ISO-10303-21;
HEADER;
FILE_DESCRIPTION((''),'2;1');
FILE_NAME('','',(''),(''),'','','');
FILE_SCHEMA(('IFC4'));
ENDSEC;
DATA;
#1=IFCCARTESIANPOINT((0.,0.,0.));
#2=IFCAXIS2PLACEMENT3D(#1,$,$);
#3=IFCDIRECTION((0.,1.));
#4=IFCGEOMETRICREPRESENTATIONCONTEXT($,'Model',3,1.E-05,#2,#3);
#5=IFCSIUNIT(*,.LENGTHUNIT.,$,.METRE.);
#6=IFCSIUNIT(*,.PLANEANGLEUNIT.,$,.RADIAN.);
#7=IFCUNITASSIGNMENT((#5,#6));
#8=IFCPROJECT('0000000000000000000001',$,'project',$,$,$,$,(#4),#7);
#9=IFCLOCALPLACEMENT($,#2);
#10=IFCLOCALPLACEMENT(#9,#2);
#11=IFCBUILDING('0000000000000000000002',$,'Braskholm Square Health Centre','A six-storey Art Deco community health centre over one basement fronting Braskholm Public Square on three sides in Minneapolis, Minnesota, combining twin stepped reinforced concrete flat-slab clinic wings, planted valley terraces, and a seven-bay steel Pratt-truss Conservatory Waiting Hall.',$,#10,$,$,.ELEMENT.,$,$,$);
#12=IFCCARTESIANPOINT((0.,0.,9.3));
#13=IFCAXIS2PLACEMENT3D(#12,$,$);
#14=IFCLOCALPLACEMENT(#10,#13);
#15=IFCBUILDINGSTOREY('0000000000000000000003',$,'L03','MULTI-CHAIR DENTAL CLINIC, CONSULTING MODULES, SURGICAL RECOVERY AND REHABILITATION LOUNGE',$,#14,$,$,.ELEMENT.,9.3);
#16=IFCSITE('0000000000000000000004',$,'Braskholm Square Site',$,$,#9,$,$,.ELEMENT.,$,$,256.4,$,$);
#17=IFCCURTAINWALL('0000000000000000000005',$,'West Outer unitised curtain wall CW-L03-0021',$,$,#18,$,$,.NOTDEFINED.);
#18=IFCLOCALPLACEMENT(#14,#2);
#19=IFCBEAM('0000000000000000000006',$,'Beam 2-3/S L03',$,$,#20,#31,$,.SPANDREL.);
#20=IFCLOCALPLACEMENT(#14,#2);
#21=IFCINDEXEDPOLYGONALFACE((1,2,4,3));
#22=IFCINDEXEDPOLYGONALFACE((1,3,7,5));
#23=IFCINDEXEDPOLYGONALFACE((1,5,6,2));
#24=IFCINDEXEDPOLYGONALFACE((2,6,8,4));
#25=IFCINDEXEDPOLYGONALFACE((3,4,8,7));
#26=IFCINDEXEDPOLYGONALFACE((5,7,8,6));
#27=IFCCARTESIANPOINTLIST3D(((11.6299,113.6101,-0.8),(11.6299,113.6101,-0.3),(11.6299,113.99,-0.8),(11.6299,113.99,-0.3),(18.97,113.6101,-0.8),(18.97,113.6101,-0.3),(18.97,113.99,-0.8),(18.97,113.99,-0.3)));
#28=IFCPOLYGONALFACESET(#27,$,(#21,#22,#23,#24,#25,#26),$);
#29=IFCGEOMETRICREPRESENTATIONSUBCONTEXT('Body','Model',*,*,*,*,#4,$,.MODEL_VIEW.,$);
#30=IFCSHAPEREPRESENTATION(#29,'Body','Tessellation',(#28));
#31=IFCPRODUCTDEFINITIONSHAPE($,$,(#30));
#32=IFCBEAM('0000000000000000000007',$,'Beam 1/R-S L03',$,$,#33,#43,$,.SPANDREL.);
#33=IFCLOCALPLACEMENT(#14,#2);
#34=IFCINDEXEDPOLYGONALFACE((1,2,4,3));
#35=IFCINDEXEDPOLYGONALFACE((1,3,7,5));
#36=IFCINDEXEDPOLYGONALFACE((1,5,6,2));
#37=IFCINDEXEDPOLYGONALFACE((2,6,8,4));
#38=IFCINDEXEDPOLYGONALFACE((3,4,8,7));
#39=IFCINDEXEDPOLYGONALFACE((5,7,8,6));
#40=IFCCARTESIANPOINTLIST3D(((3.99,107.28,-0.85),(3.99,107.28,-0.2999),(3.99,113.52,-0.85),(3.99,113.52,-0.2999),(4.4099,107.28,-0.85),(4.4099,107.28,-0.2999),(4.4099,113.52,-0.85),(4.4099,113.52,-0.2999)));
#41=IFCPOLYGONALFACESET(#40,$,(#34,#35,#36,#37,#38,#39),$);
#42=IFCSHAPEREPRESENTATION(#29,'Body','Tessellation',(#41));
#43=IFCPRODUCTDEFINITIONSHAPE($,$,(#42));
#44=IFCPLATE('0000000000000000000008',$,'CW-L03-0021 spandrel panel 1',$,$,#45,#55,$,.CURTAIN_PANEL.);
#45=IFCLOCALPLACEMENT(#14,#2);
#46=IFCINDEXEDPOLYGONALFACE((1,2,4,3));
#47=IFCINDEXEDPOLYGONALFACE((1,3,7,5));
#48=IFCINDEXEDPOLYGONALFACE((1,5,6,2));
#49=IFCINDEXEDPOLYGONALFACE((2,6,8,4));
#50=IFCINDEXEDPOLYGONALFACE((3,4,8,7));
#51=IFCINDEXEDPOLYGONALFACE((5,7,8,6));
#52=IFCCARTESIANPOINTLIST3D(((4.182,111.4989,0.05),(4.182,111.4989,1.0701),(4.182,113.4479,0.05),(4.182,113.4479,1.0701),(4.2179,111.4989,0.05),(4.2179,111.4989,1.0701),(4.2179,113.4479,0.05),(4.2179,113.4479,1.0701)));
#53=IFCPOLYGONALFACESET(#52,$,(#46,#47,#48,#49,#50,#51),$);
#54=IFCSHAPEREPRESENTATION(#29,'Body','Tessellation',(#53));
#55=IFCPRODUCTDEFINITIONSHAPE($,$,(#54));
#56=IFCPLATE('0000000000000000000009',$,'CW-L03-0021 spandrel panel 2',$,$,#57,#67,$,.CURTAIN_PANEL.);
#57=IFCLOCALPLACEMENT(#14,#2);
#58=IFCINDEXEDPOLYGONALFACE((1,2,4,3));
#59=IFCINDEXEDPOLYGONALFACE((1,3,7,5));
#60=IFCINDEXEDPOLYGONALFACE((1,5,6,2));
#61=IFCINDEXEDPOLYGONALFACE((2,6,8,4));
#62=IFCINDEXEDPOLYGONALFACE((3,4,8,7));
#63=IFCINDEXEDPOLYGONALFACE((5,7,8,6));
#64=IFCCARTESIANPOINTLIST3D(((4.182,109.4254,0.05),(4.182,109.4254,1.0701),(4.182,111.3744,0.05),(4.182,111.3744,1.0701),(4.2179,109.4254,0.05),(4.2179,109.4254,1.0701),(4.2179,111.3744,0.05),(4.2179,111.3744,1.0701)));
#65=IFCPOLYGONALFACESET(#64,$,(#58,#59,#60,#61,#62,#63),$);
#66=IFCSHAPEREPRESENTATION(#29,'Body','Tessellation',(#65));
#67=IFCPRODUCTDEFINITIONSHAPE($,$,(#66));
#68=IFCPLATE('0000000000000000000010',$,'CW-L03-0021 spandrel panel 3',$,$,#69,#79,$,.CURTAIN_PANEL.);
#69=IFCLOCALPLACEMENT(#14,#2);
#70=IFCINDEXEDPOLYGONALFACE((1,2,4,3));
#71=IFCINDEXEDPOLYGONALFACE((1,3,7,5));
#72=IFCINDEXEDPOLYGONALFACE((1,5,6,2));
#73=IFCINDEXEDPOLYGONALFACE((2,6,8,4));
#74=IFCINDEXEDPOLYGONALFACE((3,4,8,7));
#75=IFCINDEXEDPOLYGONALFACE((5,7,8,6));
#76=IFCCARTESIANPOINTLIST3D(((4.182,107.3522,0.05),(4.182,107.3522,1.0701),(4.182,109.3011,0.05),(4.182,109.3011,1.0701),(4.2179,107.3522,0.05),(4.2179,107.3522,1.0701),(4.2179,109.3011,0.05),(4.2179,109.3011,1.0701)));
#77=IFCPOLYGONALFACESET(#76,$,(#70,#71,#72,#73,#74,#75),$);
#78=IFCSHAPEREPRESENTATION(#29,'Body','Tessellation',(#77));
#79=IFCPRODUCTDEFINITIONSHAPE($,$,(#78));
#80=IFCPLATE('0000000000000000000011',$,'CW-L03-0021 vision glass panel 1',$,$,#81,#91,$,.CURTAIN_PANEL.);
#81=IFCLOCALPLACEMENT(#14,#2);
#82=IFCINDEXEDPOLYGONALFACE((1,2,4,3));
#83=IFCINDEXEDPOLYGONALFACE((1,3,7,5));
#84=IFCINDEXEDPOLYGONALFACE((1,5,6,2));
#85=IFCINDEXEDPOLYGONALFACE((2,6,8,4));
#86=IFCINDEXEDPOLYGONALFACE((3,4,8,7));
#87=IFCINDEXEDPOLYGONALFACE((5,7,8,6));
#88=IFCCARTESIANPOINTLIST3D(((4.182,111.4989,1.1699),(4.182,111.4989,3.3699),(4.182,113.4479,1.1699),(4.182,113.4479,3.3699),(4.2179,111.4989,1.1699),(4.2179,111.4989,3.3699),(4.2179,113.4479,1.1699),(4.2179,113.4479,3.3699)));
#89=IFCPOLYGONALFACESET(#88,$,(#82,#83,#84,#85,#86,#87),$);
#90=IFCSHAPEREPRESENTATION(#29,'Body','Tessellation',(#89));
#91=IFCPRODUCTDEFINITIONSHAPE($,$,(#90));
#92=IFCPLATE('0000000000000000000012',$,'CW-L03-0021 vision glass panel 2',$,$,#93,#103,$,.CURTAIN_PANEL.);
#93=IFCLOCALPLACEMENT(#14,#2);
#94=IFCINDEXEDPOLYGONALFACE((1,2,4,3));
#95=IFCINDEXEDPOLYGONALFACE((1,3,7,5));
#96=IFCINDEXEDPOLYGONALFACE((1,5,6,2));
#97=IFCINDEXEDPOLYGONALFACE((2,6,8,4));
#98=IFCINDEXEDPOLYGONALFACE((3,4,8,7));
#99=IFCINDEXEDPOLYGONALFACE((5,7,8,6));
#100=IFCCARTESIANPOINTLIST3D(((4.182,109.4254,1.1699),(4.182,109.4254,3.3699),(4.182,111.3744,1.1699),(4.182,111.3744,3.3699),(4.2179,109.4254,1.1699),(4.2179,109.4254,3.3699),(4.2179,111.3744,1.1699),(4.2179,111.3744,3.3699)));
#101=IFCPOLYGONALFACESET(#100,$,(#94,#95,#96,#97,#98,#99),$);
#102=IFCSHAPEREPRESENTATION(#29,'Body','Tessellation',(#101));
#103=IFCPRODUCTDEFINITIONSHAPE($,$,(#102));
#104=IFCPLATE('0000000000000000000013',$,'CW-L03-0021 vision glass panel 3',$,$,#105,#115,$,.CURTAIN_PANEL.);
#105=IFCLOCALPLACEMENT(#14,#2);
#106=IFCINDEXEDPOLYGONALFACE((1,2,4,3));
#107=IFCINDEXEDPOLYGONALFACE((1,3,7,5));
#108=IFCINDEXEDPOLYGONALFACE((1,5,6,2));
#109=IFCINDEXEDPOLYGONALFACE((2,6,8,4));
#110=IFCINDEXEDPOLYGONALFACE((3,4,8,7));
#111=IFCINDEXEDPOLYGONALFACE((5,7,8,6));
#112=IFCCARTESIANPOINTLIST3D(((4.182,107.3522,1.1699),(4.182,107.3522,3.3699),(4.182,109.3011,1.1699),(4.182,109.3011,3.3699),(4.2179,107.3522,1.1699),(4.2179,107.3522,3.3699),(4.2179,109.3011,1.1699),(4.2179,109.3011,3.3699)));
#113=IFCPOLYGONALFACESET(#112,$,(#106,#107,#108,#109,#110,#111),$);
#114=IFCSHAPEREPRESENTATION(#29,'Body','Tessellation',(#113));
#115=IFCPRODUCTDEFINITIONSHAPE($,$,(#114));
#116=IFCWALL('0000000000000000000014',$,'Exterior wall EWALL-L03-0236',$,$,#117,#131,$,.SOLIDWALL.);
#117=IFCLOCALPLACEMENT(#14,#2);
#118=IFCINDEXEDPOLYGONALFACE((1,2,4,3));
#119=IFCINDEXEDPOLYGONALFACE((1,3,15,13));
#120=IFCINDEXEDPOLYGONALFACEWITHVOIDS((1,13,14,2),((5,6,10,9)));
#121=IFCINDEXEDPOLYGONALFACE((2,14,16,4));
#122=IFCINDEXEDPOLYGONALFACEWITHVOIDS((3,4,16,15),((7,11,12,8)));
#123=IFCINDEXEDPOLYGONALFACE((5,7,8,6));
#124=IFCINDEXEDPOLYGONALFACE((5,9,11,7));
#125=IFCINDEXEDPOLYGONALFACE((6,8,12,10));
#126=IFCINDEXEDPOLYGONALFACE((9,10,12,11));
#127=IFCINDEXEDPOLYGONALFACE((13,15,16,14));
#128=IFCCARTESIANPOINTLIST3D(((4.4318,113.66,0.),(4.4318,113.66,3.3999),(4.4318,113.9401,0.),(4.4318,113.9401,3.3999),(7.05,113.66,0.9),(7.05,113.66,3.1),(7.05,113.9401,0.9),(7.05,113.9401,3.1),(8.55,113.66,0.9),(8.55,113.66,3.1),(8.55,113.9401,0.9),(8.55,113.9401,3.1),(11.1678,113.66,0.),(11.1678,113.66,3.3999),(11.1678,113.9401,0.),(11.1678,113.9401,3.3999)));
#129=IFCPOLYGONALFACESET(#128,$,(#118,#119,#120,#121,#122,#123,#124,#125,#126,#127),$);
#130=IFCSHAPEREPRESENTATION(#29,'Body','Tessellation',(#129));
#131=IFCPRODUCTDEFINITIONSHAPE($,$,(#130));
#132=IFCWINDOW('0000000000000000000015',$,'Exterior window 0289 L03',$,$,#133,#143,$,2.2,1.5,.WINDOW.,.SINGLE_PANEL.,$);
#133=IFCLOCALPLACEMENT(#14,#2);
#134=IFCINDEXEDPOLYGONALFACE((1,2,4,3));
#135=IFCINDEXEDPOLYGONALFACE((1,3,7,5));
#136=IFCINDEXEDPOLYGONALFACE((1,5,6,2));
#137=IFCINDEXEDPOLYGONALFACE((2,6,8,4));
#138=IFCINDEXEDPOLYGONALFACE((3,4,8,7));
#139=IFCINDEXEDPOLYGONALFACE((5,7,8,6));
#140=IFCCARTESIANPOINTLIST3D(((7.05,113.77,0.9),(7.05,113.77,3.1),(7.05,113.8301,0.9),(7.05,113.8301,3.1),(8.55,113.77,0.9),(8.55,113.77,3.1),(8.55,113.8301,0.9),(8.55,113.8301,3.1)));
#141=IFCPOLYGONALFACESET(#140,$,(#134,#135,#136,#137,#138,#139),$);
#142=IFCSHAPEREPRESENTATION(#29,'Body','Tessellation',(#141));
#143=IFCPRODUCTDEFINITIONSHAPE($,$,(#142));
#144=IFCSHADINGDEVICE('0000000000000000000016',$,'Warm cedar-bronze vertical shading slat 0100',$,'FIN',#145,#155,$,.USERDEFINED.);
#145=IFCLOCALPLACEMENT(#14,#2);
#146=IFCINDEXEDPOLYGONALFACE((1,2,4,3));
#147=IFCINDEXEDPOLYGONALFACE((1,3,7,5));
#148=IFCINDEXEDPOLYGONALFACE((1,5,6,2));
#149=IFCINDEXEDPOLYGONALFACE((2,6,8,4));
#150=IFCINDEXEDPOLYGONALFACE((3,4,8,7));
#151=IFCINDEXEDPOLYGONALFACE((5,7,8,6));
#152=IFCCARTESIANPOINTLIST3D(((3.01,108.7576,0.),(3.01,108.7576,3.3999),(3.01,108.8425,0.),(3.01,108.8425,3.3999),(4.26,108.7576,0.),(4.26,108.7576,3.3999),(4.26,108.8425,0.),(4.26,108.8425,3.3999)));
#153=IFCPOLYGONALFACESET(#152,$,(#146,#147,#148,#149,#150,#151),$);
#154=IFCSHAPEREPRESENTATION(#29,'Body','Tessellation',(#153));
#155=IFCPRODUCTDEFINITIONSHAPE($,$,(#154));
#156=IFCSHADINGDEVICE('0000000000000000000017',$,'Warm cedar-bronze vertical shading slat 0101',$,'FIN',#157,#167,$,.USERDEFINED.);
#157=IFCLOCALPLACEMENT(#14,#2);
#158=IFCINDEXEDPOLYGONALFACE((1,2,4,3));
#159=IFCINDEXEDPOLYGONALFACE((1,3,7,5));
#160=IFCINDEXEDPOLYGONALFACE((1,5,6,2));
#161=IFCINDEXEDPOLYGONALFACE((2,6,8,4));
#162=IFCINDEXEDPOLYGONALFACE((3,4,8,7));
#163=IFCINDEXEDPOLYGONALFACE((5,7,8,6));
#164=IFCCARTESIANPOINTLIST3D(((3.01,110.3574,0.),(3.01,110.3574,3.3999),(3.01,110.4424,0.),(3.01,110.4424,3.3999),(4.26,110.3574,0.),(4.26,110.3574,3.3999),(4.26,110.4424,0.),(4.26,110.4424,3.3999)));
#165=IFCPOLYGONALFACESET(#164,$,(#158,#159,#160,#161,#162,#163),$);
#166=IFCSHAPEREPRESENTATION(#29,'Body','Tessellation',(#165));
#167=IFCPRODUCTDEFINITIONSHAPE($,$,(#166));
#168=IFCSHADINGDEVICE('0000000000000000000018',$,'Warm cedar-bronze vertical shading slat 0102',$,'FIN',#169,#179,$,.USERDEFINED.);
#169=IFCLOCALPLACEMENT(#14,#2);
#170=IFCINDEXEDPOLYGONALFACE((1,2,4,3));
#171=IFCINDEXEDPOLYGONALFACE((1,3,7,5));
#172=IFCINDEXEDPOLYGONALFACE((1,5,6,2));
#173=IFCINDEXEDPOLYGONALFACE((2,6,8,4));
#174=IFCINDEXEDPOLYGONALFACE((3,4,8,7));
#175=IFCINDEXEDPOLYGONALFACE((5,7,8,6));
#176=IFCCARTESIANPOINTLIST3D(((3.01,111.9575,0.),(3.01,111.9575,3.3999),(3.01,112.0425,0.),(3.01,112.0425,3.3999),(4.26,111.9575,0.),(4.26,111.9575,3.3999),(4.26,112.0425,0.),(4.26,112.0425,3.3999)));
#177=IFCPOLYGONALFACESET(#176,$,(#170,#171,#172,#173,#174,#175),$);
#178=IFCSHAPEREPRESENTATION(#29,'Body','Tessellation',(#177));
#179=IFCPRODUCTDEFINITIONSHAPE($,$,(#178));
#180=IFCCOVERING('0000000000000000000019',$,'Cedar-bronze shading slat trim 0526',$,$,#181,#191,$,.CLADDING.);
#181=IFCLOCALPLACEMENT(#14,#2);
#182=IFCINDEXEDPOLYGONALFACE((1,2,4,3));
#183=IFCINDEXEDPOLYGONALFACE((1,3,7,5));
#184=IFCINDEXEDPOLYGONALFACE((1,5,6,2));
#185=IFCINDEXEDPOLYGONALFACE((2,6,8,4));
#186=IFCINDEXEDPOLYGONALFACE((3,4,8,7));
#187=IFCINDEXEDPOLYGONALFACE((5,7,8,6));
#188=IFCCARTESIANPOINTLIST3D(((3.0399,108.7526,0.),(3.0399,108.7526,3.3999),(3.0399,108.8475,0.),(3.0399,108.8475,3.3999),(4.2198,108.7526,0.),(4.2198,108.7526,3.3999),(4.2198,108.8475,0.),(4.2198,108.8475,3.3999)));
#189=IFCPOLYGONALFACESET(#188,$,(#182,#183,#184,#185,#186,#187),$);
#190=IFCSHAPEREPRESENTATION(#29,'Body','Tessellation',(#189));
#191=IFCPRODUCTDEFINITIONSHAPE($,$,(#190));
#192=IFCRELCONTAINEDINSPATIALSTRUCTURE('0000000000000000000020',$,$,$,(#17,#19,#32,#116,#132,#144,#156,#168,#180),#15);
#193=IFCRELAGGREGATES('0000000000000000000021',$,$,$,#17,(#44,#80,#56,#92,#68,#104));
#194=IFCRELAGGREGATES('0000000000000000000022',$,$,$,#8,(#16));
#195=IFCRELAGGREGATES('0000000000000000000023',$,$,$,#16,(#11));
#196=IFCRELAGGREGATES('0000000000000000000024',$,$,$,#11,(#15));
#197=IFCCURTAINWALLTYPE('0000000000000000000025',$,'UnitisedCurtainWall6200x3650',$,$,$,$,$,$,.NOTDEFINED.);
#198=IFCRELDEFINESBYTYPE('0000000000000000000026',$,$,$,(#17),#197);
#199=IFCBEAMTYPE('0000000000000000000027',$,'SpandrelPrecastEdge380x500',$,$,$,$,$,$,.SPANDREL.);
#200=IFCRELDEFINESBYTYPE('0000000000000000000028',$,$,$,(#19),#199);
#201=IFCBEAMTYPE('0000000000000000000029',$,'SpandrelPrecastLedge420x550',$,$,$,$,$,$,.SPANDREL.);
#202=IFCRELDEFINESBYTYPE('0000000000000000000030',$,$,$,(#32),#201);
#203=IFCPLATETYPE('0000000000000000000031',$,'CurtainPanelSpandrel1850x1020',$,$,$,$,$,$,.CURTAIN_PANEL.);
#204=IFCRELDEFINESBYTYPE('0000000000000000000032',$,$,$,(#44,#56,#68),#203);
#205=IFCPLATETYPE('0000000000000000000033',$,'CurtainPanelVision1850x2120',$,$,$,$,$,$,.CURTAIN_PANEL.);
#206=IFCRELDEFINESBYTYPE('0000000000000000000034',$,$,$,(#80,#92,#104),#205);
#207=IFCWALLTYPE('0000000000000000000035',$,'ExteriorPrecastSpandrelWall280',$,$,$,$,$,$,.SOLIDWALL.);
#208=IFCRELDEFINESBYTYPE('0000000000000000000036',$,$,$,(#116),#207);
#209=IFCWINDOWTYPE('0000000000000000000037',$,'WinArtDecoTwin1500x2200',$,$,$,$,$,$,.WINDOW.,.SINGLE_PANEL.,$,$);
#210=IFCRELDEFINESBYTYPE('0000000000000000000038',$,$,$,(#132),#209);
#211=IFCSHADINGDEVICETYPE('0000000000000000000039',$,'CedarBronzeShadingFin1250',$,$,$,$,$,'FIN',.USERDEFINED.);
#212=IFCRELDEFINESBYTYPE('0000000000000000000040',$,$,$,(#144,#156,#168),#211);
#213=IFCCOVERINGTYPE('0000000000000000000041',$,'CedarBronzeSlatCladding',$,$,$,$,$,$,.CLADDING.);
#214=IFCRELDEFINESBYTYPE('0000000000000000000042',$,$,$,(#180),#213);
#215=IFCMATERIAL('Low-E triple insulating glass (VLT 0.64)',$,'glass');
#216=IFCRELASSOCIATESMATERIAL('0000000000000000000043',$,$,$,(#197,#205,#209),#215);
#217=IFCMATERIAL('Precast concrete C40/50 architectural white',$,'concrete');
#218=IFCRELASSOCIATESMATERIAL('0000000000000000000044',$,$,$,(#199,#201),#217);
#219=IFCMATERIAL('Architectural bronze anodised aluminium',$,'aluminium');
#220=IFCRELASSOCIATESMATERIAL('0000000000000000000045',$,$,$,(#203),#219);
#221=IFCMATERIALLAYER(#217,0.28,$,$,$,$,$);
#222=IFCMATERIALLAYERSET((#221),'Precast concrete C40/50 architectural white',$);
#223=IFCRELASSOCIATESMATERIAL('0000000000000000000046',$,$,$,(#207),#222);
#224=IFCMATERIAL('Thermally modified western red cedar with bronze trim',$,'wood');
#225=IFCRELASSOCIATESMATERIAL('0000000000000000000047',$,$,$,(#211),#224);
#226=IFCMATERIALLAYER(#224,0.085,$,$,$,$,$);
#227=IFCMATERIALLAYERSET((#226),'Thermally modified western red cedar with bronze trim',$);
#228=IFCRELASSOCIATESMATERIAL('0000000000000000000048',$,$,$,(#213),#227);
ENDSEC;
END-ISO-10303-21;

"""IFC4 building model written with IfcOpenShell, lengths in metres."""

from ifc_helpers import new_model, si_unit, direction, frame, frame_2d, origin, origin_with_axes, origin_2d, place, context, subcontext, project, spatial, rectangle, extrude, material, layer, layer_set, material_profile, profile_set, type_object, element, fill, aggregate, save


model = new_model("IFC4")

# Units and contexts
model_context = context("Model", 3, precision=1e-05, world=origin(), true_north=direction((0.0, 1.0)))
body_context = subcontext(model_context, "Body", "Model", "MODEL_VIEW")
ifc_project = project(units=[si_unit("LENGTHUNIT", "METRE"), si_unit("PLANEANGLEUNIT", "RADIAN")], contexts=[model_context])

# Site, building, storey
site_placement = place(None, origin())
site = spatial("IfcSite", under=ifc_project, at=site_placement, Name="Braskholm Square Site", CompositionType="ELEMENT", RefElevation=256.4)
building_placement = place(site_placement, origin())
building = spatial("IfcBuilding", under=site, at=building_placement, Name="Braskholm Square Health Centre", Description="A six-storey Art Deco community health centre over one basement fronting Braskholm Public Square on three sides in Minneapolis, Minnesota, combining twin stepped reinforced concrete flat-slab clinic wings, planted valley terraces, and a seven-bay steel Pratt-truss Conservatory Waiting Hall.", CompositionType="ELEMENT")
storey_placement = place(building_placement, frame((0.0, 0.0, 9.3)))
storey = spatial("IfcBuildingStorey", under=building, at=storey_placement, Name="L03", Description="MULTI-CHAIR DENTAL CLINIC, CONSULTING MODULES, SURGICAL RECOVERY AND REHABILITATION LOUNGE", CompositionType="ELEMENT", Elevation=9.3)

# Shared definitions
ifc_material_1 = material(Name="Precast concrete C40/50 architectural white", Category="concrete")

# Curtain wall
ifc_material_2 = material(Name="Low-E triple insulating glass (VLT 0.64)", Category="glass")
curtain_wall_type = type_object("IfcCurtainWallType", Name="UnitisedCurtainWall6200x3650", PredefinedType="NOTDEFINED", material=ifc_material_2)
curtain_wall_placement = place(storey_placement, origin())
curtain_wall = element("IfcCurtainWall", 1, at=curtain_wall_placement, inside=storey, type_object=curtain_wall_type, Name="West Outer unitised curtain wall CW-L03-0021", PredefinedType="NOTDEFINED")
ifc_material_3 = material(Name="Architectural bronze anodised aluminium", Category="aluminium")

# Beams
ifc_material_profile_1 = material_profile(ifc_material_1, rectangle(XDim=0.3799, YDim=0.5, at=origin_2d()), Name="RCB-380X500")
ifc_profile_set_1 = profile_set([ifc_material_profile_1], Name="Precast concrete C40/50 architectural white")
beam_type_1 = type_object("IfcBeamType", Name="SpandrelPrecastEdge380x500", PredefinedType="SPANDREL", material=ifc_profile_set_1)
beam_1_placement = place(storey_placement, frame((11.6299, 113.8, -0.55), z_axis=(1.0, 0.0, 0.0), x_axis=(0.0, 1.0, 0.0)))
element("IfcBeam", 2, at=beam_1_placement, inside=storey, type_object=beam_type_1, Name="Beam 2-3/S L03", PredefinedType="SPANDREL", context=body_context, shape_type="SweptSolid", body=[
    extrude(rectangle(XDim=0.3799, YDim=0.5, at=origin_2d()), origin(), (0.0, 0.0, 1.0), 7.3401),
])
ifc_material_profile_2 = material_profile(ifc_material_1, rectangle(XDim=0.4199, YDim=0.55, at=origin_2d()), Name="RCB-420X550")
ifc_profile_set_2 = profile_set([ifc_material_profile_2], Name="Precast concrete C40/50 architectural white")
beam_type_2 = type_object("IfcBeamType", Name="SpandrelPrecastLedge420x550", PredefinedType="SPANDREL", material=ifc_profile_set_2)
beam_2_placement = place(storey_placement, frame((4.2, 107.28, -0.575), z_axis=(0.0, 1.0, 0.0), x_axis=(-1.0, 0.0, 0.0)))
element("IfcBeam", 3, at=beam_2_placement, inside=storey, type_object=beam_type_2, Name="Beam 1/R-S L03", PredefinedType="SPANDREL", context=body_context, shape_type="SweptSolid", body=[
    extrude(rectangle(XDim=0.4199, YDim=0.55, at=origin_2d()), origin(), (0.0, 0.0, 1.0), 6.24),
])

# Plates
plate_type_1 = type_object("IfcPlateType", Name="CurtainPanelSpandrel1850x1020", PredefinedType="CURTAIN_PANEL", material=ifc_material_3)
plate_1_placement = place(storey_placement, frame((4.2, 112.4734, 0.05), z_axis=(0.0, 0.0, 1.0), x_axis=(0.0, -1.0, 0.0)))
plate_1 = element("IfcPlate", 4, at=plate_1_placement, type_object=plate_type_1, Name="CW-L03-0021 spandrel panel 1", PredefinedType="CURTAIN_PANEL", context=body_context, shape_type="SweptSolid", body=[
    extrude(rectangle(XDim=1.949, YDim=0.0359, at=origin_2d()), origin(), (0.0, 0.0, 1.0), 1.02),
])
plate_2_placement = place(storey_placement, frame((4.2, 110.3999, 0.05), z_axis=(0.0, 0.0, 1.0), x_axis=(0.0, -1.0, 0.0)))
plate_2 = element("IfcPlate", 5, at=plate_2_placement, type_object=plate_type_1, Name="CW-L03-0021 spandrel panel 2", PredefinedType="CURTAIN_PANEL", context=body_context, shape_type="SweptSolid", body=[
    extrude(rectangle(XDim=1.949, YDim=0.0359, at=origin_2d()), origin(), (0.0, 0.0, 1.0), 1.02),
])
plate_3_placement = place(storey_placement, frame((4.2, 108.3267, 0.05), z_axis=(0.0, 0.0, 1.0), x_axis=(0.0, -1.0, 0.0)))
plate_3 = element("IfcPlate", 6, at=plate_3_placement, type_object=plate_type_1, Name="CW-L03-0021 spandrel panel 3", PredefinedType="CURTAIN_PANEL", context=body_context, shape_type="SweptSolid", body=[
    extrude(rectangle(XDim=1.949, YDim=0.0359, at=origin_2d()), origin(), (0.0, 0.0, 1.0), 1.02),
])
plate_type_2 = type_object("IfcPlateType", Name="CurtainPanelVision1850x2120", PredefinedType="CURTAIN_PANEL", material=ifc_material_2)
plate_4_placement = place(storey_placement, frame((4.2, 112.4734, 1.1699), z_axis=(0.0, 0.0, 1.0), x_axis=(0.0, -1.0, 0.0)))
plate_4 = element("IfcPlate", 7, at=plate_4_placement, type_object=plate_type_2, Name="CW-L03-0021 vision glass panel 1", PredefinedType="CURTAIN_PANEL", context=body_context, shape_type="SweptSolid", body=[
    extrude(rectangle(XDim=1.949, YDim=0.0359, at=origin_2d()), origin(), (0.0, 0.0, 1.0), 2.2),
])
plate_5_placement = place(storey_placement, frame((4.2, 110.3999, 1.1699), z_axis=(0.0, 0.0, 1.0), x_axis=(0.0, -1.0, 0.0)))
plate_5 = element("IfcPlate", 8, at=plate_5_placement, type_object=plate_type_2, Name="CW-L03-0021 vision glass panel 2", PredefinedType="CURTAIN_PANEL", context=body_context, shape_type="SweptSolid", body=[
    extrude(rectangle(XDim=1.949, YDim=0.0359, at=origin_2d()), origin(), (0.0, 0.0, 1.0), 2.2),
])
plate_6_placement = place(storey_placement, frame((4.2, 108.3267, 1.1699), z_axis=(0.0, 0.0, 1.0), x_axis=(0.0, -1.0, 0.0)))
plate_6 = element("IfcPlate", 9, at=plate_6_placement, type_object=plate_type_2, Name="CW-L03-0021 vision glass panel 3", PredefinedType="CURTAIN_PANEL", context=body_context, shape_type="SweptSolid", body=[
    extrude(rectangle(XDim=1.949, YDim=0.0359, at=origin_2d()), origin(), (0.0, 0.0, 1.0), 2.2),
])
aggregate(curtain_wall, [plate_1, plate_4, plate_2, plate_5, plate_3, plate_6])

# Wall, opening, window
ifc_layer_1 = layer(ifc_material_1, 0.28)
ifc_layer_set_1 = layer_set([ifc_layer_1], Name="Precast concrete C40/50 architectural white")
wall_type = type_object("IfcWallType", Name="ExteriorPrecastSpandrelWall280", PredefinedType="SOLIDWALL", material=ifc_layer_set_1)
wall_placement = place(storey_placement, frame((11.168, 113.8, 0.0), z_axis=(0.0, 0.0, 1.0), x_axis=(-1.0, 0.0, 0.0)))
wall = element("IfcWall", 10, at=wall_placement, inside=storey, type_object=wall_type, Name="Exterior wall EWALL-L03-0236", PredefinedType="SOLIDWALL", context=body_context, shape_type="SweptSolid", body=[
    extrude(rectangle(XDim=6.7361, YDim=0.28, at=frame_2d((3.3682, 0.0))), origin(), (0.0, 0.0, 1.0), 3.3999),
])
opening_placement = place(wall_placement, frame((2.6179, 0.0, 0.8999)))
opening = element("IfcOpeningElement", 11, at=opening_placement, cuts=wall, PredefinedType="OPENING", context=body_context, shape_type="SweptSolid", body=[
    extrude(rectangle(XDim=1.5, YDim=2.2, at=frame_2d((0.75, 1.1001))), frame((0.0, 0.1499, 0.0), z_axis=(0.0, -1.0, 0.0), x_axis=(1.0, 0.0, 0.0)), (0.0, 0.0, 1.0), 0.3),
])
window_type = type_object("IfcWindowType", Name="WinArtDecoTwin1500x2200", PartitioningType="SINGLE_PANEL", PredefinedType="WINDOW", material=ifc_material_2)
window_placement = place(opening_placement, origin_with_axes())
window = element("IfcWindow", 12, at=window_placement, inside=storey, type_object=window_type, Name="Exterior window 0289 L03", OverallHeight=2.2, OverallWidth=1.5, PartitioningType="SINGLE_PANEL", PredefinedType="WINDOW", context=body_context, shape_type="SweptSolid", body=[
    extrude(rectangle(XDim=1.5, YDim=2.2, at=frame_2d((0.75, 1.1001))), frame((0.0, 0.03, 0.0), z_axis=(0.0, -1.0, 0.0), x_axis=(1.0, 0.0, 0.0)), (0.0, 0.0, 1.0), 0.0601),
])
fill(opening, window)

# Shading devices
ifc_material_4 = material(Name="Thermally modified western red cedar with bronze trim", Category="wood")
shading_device_type = type_object("IfcShadingDeviceType", Name="CedarBronzeShadingFin1250", ElementType="FIN", PredefinedType="USERDEFINED", material=ifc_material_4)
for number, where, z_axis, x_axis, name in (
    (13, (3.635, 108.8, 0.0), (0.0, 0.0, 1.0), (1.0, 0.0, 0.0), "Warm cedar-bronze vertical shading slat 0100"),
    (14, (3.635, 110.3999, 0.0), (0.0, 0.0, 1.0), (1.0, 0.0, 0.0), "Warm cedar-bronze vertical shading slat 0101"),
    (15, (3.635, 112.0, 0.0), (0.0, 0.0, 1.0), (1.0, 0.0, 0.0), "Warm cedar-bronze vertical shading slat 0102"),
):
    element("IfcShadingDevice", number, at=place(storey_placement, frame(where, z_axis=z_axis, x_axis=x_axis)), inside=storey, type_object=shading_device_type, Name=name, ObjectType="FIN", PredefinedType="USERDEFINED", context=body_context, shape_type="SweptSolid", body=[
        extrude(rectangle(XDim=1.25, YDim=0.085, at=origin_2d()), origin(), (0.0, 0.0, 1.0), 3.3999),
    ])

# Covering
ifc_layer_2 = layer(ifc_material_4, 0.085)
ifc_layer_set_2 = layer_set([ifc_layer_2], Name="Thermally modified western red cedar with bronze trim")
covering_type_1 = type_object("IfcCoveringType", Name="CedarBronzeSlatCladding", PredefinedType="CLADDING", material=ifc_layer_set_2)
for number, where, z_axis, x_axis, name in (
    (16, (3.6299, 108.8, 0.0), (0.0, 0.0, 1.0), (1.0, 0.0, 0.0), "Cedar-bronze shading slat trim 0526"),
):
    element("IfcCovering", number, at=place(storey_placement, frame(where, z_axis=z_axis, x_axis=x_axis)), inside=storey, type_object=covering_type_1, Name=name, PredefinedType="CLADDING", context=body_context, shape_type="SweptSolid", body=[
        extrude(rectangle(XDim=1.1799, YDim=0.095, at=origin_2d()), origin(), (0.0, 0.0, 1.0), 3.3999),
    ])

save(model, "model.ifc")
